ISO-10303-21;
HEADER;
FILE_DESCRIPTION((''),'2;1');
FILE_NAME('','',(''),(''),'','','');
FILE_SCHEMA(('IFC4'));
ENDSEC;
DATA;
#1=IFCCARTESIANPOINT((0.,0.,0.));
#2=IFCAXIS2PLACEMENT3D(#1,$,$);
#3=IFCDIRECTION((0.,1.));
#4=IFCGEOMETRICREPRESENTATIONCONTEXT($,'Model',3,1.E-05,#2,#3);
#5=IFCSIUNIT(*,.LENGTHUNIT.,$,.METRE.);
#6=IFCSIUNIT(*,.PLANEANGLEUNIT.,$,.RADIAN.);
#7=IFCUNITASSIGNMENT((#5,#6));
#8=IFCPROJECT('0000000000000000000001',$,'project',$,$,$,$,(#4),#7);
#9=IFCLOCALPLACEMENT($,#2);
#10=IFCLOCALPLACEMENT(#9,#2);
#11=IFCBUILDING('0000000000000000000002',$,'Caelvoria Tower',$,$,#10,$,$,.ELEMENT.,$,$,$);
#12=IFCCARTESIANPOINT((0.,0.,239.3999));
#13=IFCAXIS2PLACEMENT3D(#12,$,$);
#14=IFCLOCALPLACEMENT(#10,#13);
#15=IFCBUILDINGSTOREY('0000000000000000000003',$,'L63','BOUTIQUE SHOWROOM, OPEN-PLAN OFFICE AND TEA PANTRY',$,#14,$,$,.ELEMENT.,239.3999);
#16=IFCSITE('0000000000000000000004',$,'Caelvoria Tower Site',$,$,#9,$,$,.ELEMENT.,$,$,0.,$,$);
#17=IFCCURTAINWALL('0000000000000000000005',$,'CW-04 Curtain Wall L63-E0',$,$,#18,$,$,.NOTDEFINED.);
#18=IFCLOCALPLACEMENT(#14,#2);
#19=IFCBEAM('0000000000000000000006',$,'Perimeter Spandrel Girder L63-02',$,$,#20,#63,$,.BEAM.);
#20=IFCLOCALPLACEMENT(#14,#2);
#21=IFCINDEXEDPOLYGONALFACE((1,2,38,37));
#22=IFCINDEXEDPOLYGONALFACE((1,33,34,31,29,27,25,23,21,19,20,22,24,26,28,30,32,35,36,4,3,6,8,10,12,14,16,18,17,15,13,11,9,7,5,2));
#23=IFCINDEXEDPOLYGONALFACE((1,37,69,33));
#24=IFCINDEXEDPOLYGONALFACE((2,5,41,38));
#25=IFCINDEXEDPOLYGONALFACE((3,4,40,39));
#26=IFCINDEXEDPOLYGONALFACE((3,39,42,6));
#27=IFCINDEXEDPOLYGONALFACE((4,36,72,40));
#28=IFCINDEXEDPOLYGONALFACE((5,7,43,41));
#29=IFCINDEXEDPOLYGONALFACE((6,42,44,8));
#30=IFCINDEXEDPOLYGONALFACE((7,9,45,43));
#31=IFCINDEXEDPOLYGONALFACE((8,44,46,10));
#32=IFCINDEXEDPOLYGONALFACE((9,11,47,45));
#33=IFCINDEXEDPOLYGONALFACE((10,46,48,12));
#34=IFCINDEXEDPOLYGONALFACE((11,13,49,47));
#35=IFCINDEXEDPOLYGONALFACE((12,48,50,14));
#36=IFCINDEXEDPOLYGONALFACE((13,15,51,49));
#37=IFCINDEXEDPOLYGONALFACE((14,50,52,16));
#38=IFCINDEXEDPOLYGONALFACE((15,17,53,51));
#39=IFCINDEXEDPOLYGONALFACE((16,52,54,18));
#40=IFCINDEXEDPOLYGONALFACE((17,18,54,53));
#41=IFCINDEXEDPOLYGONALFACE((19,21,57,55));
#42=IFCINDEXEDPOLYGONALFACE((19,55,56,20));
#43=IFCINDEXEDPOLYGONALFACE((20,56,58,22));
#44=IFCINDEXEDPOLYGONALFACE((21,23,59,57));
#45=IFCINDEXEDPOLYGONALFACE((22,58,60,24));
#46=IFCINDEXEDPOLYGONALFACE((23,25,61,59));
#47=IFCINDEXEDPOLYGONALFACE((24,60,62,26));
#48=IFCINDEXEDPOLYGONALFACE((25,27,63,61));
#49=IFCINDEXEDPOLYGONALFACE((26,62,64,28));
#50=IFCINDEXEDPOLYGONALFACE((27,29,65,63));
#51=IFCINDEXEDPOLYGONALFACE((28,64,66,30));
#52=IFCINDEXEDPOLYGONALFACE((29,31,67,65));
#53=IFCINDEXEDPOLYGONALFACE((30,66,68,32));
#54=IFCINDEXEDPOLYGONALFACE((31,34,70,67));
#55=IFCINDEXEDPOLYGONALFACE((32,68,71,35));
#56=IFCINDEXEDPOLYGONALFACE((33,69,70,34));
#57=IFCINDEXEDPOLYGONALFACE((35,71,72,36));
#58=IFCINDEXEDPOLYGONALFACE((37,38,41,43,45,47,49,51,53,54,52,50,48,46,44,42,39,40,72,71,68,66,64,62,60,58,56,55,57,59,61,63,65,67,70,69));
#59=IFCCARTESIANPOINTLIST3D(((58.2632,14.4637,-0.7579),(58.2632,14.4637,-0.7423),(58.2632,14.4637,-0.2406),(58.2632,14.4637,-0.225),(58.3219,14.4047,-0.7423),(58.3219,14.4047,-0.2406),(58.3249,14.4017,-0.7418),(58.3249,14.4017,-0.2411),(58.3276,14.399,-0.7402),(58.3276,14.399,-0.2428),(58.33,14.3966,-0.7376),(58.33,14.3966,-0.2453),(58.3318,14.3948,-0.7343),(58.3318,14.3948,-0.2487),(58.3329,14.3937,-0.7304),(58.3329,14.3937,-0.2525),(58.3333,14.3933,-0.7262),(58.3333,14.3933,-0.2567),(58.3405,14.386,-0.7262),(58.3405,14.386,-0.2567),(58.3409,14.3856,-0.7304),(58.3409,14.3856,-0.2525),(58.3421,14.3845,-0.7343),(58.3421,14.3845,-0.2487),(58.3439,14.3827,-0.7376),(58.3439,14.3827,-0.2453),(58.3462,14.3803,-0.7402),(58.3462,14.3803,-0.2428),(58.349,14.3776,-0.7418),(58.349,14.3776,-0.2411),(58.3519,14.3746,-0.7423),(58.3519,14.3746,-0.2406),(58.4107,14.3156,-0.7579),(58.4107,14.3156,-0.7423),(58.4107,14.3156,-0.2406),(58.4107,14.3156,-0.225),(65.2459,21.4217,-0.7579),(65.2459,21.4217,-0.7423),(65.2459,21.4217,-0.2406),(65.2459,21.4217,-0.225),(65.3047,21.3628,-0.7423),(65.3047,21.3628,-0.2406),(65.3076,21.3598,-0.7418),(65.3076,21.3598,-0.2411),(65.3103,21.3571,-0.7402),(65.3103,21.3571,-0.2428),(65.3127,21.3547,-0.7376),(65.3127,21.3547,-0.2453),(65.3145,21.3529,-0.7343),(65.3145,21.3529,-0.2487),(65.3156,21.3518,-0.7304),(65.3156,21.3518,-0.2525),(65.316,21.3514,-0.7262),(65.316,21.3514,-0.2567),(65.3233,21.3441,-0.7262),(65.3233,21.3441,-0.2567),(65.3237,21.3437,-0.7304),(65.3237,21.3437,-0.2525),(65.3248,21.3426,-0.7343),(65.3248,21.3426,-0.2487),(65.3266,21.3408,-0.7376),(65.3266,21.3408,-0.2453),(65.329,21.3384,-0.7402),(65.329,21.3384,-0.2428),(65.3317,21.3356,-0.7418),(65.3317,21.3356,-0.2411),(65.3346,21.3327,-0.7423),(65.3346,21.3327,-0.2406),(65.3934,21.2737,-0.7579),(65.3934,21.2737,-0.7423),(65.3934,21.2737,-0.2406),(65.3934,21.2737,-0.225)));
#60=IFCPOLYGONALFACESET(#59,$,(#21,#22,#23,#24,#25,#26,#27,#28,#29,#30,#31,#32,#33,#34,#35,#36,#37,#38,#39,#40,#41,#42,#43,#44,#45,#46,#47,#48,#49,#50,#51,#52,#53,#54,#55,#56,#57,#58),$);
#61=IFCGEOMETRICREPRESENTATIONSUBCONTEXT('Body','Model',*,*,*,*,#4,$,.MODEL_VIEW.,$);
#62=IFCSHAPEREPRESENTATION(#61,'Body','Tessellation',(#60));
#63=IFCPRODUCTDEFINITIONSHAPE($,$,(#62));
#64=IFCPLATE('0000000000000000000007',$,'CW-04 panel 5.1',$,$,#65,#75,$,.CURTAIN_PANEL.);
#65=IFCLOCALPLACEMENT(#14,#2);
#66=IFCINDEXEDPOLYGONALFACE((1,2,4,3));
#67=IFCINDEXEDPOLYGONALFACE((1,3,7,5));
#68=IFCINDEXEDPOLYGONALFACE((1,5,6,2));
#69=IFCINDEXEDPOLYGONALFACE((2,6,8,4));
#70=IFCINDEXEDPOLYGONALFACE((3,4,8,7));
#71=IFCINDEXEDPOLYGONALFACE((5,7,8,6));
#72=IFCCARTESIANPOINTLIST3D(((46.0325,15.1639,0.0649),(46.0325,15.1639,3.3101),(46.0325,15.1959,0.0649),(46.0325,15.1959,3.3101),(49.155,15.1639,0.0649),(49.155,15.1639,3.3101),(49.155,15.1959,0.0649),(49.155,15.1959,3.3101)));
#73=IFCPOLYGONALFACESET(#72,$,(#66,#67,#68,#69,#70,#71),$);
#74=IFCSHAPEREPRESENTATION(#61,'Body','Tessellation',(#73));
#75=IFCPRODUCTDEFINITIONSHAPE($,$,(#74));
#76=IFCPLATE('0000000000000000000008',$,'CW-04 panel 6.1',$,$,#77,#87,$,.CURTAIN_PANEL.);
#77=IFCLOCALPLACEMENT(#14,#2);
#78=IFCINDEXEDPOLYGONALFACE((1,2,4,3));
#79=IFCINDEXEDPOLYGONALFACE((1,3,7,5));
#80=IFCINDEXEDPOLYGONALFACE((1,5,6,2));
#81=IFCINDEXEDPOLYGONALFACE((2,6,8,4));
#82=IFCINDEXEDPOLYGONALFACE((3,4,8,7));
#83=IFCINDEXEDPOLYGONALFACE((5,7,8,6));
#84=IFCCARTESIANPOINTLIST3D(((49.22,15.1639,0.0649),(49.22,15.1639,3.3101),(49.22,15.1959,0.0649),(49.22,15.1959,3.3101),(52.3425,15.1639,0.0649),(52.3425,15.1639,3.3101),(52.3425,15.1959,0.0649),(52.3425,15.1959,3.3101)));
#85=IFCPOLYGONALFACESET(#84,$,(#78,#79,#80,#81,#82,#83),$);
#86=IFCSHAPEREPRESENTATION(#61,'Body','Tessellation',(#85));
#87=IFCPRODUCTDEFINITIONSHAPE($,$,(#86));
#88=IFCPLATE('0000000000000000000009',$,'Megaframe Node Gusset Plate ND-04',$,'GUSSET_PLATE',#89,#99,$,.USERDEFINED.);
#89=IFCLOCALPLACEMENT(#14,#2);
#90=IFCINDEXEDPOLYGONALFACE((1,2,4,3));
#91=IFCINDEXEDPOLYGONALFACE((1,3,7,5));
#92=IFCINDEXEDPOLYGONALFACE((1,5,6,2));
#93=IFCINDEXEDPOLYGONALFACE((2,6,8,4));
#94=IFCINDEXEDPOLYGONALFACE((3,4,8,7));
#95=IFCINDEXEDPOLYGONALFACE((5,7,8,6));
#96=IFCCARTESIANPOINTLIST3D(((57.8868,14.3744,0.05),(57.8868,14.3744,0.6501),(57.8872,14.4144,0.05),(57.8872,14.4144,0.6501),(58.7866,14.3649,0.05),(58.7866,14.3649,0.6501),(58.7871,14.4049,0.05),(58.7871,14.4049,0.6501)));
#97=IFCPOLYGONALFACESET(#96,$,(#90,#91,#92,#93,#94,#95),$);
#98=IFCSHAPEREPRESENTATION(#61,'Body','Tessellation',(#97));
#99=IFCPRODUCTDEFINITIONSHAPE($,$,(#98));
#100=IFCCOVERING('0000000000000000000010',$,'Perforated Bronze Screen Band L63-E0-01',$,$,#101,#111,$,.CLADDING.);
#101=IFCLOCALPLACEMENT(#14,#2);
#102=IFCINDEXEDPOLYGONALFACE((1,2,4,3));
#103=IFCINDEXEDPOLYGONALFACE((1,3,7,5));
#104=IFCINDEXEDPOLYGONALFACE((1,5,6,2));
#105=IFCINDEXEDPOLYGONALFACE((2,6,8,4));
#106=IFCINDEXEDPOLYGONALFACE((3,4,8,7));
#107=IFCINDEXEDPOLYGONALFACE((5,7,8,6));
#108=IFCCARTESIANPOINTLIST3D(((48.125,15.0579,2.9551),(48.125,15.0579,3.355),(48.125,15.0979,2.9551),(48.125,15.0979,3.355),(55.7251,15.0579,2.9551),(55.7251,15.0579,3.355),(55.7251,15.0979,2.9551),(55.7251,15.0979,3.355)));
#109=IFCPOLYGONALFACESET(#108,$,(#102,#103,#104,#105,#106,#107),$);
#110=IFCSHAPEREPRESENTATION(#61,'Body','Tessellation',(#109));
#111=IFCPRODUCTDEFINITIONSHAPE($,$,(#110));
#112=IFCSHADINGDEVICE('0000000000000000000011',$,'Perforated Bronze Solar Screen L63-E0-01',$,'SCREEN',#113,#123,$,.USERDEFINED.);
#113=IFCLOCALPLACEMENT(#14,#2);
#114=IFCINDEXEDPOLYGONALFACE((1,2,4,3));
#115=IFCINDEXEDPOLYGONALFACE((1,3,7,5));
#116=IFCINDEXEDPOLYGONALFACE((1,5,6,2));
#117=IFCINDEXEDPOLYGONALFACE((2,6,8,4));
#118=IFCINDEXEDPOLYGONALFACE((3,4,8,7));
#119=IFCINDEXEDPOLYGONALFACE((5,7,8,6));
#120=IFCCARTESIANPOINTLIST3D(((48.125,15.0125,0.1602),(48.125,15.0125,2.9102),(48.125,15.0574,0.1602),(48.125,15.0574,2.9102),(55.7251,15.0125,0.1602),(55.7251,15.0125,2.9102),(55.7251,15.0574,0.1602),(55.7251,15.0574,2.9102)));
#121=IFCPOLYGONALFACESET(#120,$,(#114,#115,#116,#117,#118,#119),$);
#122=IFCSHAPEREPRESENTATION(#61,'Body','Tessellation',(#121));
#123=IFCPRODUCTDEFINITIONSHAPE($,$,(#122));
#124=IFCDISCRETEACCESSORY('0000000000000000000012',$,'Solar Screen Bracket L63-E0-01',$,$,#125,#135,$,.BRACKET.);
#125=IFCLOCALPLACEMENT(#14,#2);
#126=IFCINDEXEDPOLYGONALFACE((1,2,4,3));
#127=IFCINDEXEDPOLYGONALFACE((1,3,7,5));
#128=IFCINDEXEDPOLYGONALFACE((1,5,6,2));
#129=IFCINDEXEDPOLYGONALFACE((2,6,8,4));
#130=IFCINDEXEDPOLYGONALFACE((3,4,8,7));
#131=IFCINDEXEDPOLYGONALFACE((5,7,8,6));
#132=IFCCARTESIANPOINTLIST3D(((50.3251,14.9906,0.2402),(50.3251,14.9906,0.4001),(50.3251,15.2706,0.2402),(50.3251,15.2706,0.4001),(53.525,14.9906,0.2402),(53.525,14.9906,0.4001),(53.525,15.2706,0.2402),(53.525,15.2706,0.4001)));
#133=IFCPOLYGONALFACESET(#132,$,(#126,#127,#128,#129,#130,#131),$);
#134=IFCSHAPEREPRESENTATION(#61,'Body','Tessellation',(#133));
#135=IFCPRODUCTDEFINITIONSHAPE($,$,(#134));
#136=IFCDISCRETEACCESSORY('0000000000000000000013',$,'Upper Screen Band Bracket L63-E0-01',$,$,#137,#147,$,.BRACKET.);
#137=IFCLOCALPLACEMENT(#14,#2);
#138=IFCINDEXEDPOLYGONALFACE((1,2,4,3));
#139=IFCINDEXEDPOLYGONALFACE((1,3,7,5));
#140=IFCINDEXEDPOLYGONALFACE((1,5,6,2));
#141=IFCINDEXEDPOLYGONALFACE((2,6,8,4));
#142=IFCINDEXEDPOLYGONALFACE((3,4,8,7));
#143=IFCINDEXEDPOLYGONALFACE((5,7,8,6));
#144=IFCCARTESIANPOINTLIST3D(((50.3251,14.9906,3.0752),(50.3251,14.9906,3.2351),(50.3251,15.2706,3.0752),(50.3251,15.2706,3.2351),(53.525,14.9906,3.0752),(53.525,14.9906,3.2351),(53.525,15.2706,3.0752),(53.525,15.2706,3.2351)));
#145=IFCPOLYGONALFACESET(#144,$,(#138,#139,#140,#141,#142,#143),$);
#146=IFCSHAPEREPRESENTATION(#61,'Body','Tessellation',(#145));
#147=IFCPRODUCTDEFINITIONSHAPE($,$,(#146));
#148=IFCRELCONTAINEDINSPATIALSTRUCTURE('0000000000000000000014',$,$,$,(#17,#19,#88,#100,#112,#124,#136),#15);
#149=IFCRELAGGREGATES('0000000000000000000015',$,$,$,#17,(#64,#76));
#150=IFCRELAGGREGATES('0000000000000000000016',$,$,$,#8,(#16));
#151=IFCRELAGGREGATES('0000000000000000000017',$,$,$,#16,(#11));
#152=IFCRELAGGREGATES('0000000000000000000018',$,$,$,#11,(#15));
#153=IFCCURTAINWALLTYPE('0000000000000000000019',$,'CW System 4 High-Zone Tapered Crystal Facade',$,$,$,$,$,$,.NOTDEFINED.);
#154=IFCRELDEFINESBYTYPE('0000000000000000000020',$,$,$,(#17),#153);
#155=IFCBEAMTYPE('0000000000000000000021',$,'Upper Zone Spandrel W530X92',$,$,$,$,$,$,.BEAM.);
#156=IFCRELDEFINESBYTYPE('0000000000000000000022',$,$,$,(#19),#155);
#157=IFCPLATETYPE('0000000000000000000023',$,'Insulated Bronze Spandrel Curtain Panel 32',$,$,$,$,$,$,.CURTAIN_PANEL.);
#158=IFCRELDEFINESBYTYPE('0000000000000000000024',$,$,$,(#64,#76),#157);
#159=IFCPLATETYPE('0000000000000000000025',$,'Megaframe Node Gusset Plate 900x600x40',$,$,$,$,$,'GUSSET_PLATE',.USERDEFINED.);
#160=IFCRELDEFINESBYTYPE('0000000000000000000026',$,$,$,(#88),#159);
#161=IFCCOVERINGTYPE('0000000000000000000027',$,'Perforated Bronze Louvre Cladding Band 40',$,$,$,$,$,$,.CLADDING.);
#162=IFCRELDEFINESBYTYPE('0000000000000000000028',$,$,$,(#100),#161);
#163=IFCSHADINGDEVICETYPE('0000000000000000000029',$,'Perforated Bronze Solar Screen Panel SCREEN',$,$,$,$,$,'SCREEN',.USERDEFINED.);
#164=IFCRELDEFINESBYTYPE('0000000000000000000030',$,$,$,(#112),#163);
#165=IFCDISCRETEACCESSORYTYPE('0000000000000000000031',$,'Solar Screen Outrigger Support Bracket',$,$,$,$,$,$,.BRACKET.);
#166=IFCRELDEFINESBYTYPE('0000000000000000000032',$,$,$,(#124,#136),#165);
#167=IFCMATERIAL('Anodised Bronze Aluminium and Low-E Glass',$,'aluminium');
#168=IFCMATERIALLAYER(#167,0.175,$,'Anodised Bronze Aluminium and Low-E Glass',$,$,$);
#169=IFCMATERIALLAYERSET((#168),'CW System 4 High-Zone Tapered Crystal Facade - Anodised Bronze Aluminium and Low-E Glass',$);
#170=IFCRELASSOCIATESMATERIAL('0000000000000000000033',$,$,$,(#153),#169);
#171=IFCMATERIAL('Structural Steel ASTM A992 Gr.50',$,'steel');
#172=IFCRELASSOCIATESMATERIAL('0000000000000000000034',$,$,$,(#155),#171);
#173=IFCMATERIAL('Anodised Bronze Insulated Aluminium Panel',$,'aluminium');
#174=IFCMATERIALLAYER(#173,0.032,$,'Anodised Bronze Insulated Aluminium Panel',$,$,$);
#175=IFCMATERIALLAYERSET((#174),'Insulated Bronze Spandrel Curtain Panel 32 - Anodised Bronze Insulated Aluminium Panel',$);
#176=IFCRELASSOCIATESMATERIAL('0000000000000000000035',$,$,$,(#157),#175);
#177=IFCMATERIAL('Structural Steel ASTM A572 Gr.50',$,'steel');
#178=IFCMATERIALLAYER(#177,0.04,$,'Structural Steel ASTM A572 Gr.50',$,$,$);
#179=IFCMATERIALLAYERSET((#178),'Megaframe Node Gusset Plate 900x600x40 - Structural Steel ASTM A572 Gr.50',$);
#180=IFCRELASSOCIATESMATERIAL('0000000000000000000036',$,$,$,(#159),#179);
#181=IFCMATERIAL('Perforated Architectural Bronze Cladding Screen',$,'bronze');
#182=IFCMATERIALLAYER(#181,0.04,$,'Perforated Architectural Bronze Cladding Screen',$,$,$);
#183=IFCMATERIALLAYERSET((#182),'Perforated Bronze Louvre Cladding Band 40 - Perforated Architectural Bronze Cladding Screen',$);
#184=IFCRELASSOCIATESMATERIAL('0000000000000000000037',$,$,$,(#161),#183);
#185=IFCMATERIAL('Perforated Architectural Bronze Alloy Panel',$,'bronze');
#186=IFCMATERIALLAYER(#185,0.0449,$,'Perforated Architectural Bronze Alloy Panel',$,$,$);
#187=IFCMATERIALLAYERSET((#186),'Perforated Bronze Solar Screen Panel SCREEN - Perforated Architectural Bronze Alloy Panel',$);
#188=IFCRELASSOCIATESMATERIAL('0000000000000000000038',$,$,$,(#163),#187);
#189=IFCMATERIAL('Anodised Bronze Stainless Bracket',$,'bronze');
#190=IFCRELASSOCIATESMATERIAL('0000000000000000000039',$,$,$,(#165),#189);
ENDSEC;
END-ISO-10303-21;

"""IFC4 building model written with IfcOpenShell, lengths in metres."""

from ifc_helpers import new_model, si_unit, direction, frame, origin, origin_2d, place, context, subcontext, project, spatial, rectangle, i_section, extrude, material, layer, layer_set, material_profile, profile_set, type_object, element, aggregate, save


model = new_model("IFC4")

# Units and contexts
model_context = context("Model", 3, precision=1e-05, world=origin(), true_north=direction((0.0, 1.0)))
body_context = subcontext(model_context, "Body", "Model", "MODEL_VIEW")
ifc_project = project(units=[si_unit("LENGTHUNIT", "METRE"), si_unit("PLANEANGLEUNIT", "RADIAN")], contexts=[model_context])

# Site, building, storey
site_placement = place(None, origin())
site = spatial("IfcSite", under=ifc_project, at=site_placement, Name="Caelvoria Tower Site", CompositionType="ELEMENT", RefElevation=0.0)
building_placement = place(site_placement, origin())
building = spatial("IfcBuilding", under=site, at=building_placement, Name="Caelvoria Tower", CompositionType="ELEMENT")
storey_placement = place(building_placement, frame((0.0, 0.0, 239.3999)))
storey = spatial("IfcBuildingStorey", under=building, at=storey_placement, Name="L63", Description="BOUTIQUE SHOWROOM, OPEN-PLAN OFFICE AND TEA PANTRY", CompositionType="ELEMENT", Elevation=239.3999)

# Shared definitions
ifc_material_1 = material(Name="Structural Steel ASTM A572 Gr.50", Category="steel")
ifc_material_2 = material(Name="Structural Steel ASTM A992 Gr.50", Category="steel")

# Curtain wall
ifc_material_3 = material(Name="Anodised Bronze Aluminium and Low-E Glass", Category="aluminium")
ifc_layer_1 = layer(ifc_material_3, 0.175, Name="Anodised Bronze Aluminium and Low-E Glass")
ifc_layer_set_1 = layer_set([ifc_layer_1], Name="CW System 4 High-Zone Tapered Crystal Facade - Anodised Bronze Aluminium and Low-E Glass")
curtain_wall_type = type_object("IfcCurtainWallType", Name="CW System 4 High-Zone Tapered Crystal Facade", PredefinedType="NOTDEFINED", material=ifc_layer_set_1)
curtain_wall_1_placement = place(storey_placement, origin())
curtain_wall_1 = element("IfcCurtainWall", 1, at=curtain_wall_1_placement, inside=storey, type_object=curtain_wall_type, Name="CW-04 Curtain Wall L63-E0", PredefinedType="NOTDEFINED")

# Beam
ifc_material_profile_1 = material_profile(ifc_material_2, i_section(OverallWidth=0.209, OverallDepth=0.533, WebThickness=0.0103, FlangeThickness=0.0156, FilletRadius=0.0161, at=origin_2d()), Name="Structural Steel ASTM A992 Gr.50")
ifc_profile_set_1 = profile_set([ifc_material_profile_1], Name="W530X92 - Structural Steel ASTM A992 Gr.50")
beam_type = type_object("IfcBeamType", Name="Upper Zone Spandrel W530X92", PredefinedType="BEAM", material=ifc_profile_set_1)
beam_1_placement = place(storey_placement, frame((58.3369, 14.3896, -0.4915), z_axis=(0.708356, 0.705855, 0.0), x_axis=(-0.705855, 0.708356, 0.0)))
element("IfcBeam", 2, at=beam_1_placement, inside=storey, type_object=beam_type, Name="Perimeter Spandrel Girder L63-02", PredefinedType="BEAM", context=body_context, shape_type="SweptSolid", body=[
    extrude(i_section(OverallWidth=0.209, OverallDepth=0.533, WebThickness=0.0103, FlangeThickness=0.0156, FilletRadius=0.0161, at=origin_2d()), origin(), (0.0, 0.0, 1.0), 9.8577),
])

# Plates
ifc_material_4 = material(Name="Anodised Bronze Insulated Aluminium Panel", Category="aluminium")
ifc_layer_2 = layer(ifc_material_4, 0.032, Name="Anodised Bronze Insulated Aluminium Panel")
ifc_layer_set_2 = layer_set([ifc_layer_2], Name="Insulated Bronze Spandrel Curtain Panel 32 - Anodised Bronze Insulated Aluminium Panel")
plate_type_1 = type_object("IfcPlateType", Name="Insulated Bronze Spandrel Curtain Panel 32", PredefinedType="CURTAIN_PANEL", material=ifc_layer_set_2)
plate_1_placement = place(storey_placement, frame((47.5938, 15.1799, 0.0649), z_axis=(0.0, 0.0, 1.0), x_axis=(1.0, 0.0, 0.0)))
plate_1 = element("IfcPlate", 3, at=plate_1_placement, type_object=plate_type_1, Name="CW-04 panel 5.1", PredefinedType="CURTAIN_PANEL", context=body_context, shape_type="SweptSolid", body=[
    extrude(rectangle(XDim=3.1226, YDim=0.032, at=origin_2d()), origin(), (0.0, 0.0, 1.0), 3.2451),
])
plate_2_placement = place(storey_placement, frame((50.7812, 15.1799, 0.0649), z_axis=(0.0, 0.0, 1.0), x_axis=(1.0, 0.0, 0.0)))
plate_2 = element("IfcPlate", 4, at=plate_2_placement, type_object=plate_type_1, Name="CW-04 panel 6.1", PredefinedType="CURTAIN_PANEL", context=body_context, shape_type="SweptSolid", body=[
    extrude(rectangle(XDim=3.1226, YDim=0.032, at=origin_2d()), origin(), (0.0, 0.0, 1.0), 3.2451),
])
aggregate(curtain_wall_1, [plate_1, plate_2])
ifc_layer_3 = layer(ifc_material_1, 0.04, Name="Structural Steel ASTM A572 Gr.50")
ifc_layer_set_3 = layer_set([ifc_layer_3], Name="Megaframe Node Gusset Plate 900x600x40 - Structural Steel ASTM A572 Gr.50")
plate_type_2 = type_object("IfcPlateType", Name="Megaframe Node Gusset Plate 900x600x40", ElementType="GUSSET_PLATE", PredefinedType="USERDEFINED", material=ifc_layer_set_3)
plate_3_placement = place(storey_placement, frame((58.3369, 14.3896, 0.05), z_axis=(0.0, 0.0, 1.0), x_axis=(-0.999944, 0.010561, 0.0)))
element("IfcPlate", 5, at=plate_3_placement, inside=storey, type_object=plate_type_2, Name="Megaframe Node Gusset Plate ND-04", ObjectType="GUSSET_PLATE", PredefinedType="USERDEFINED", context=body_context, shape_type="SweptSolid", body=[
    extrude(rectangle(XDim=0.8999, YDim=0.04, at=origin_2d()), origin(), (0.0, 0.0, 1.0), 0.6001),
])

# Covering
ifc_material_5 = material(Name="Perforated Architectural Bronze Cladding Screen", Category="bronze")
ifc_layer_4 = layer(ifc_material_5, 0.04, Name="Perforated Architectural Bronze Cladding Screen")
ifc_layer_set_4 = layer_set([ifc_layer_4], Name="Perforated Bronze Louvre Cladding Band 40 - Perforated Architectural Bronze Cladding Screen")
covering_type = type_object("IfcCoveringType", Name="Perforated Bronze Louvre Cladding Band 40", PredefinedType="CLADDING", material=ifc_layer_set_4)
covering_placement = place(storey_placement, frame((51.925, 15.0779, 2.9551), z_axis=(0.0, 0.0, 1.0), x_axis=(1.0, 0.0, 0.0)))
element("IfcCovering", 6, at=covering_placement, inside=storey, type_object=covering_type, Name="Perforated Bronze Screen Band L63-E0-01", PredefinedType="CLADDING", context=body_context, shape_type="SweptSolid", body=[
    extrude(rectangle(XDim=7.6001, YDim=0.04, at=origin_2d()), origin(), (0.0, 0.0, 1.0), 0.3999),
])

# Shading device
ifc_material_6 = material(Name="Perforated Architectural Bronze Alloy Panel", Category="bronze")
ifc_layer_5 = layer(ifc_material_6, 0.0449, Name="Perforated Architectural Bronze Alloy Panel")
ifc_layer_set_5 = layer_set([ifc_layer_5], Name="Perforated Bronze Solar Screen Panel SCREEN - Perforated Architectural Bronze Alloy Panel")
shading_device_type = type_object("IfcShadingDeviceType", Name="Perforated Bronze Solar Screen Panel SCREEN", ElementType="SCREEN", PredefinedType="USERDEFINED", material=ifc_layer_set_5)
shading_device_placement = place(storey_placement, frame((51.925, 15.0349, 0.1602), z_axis=(0.0, 0.0, 1.0), x_axis=(1.0, 0.0, 0.0)))
element("IfcShadingDevice", 7, at=shading_device_placement, inside=storey, type_object=shading_device_type, Name="Perforated Bronze Solar Screen L63-E0-01", ObjectType="SCREEN", PredefinedType="USERDEFINED", context=body_context, shape_type="SweptSolid", body=[
    extrude(rectangle(XDim=7.6001, YDim=0.0449, at=origin_2d()), origin(), (0.0, 0.0, 1.0), 2.75),
])

# Discrete accessories
ifc_material_7 = material(Name="Anodised Bronze Stainless Bracket", Category="bronze")
discrete_accessory_type = type_object("IfcDiscreteAccessoryType", Name="Solar Screen Outrigger Support Bracket", PredefinedType="BRACKET", material=ifc_material_7)
for number, where, z_axis, x_axis, name in (
    (8, (51.925, 15.1306, 0.2402), (0.0, 0.0, 1.0), (1.0, 0.0, 0.0), "Solar Screen Bracket L63-E0-01"),
    (9, (51.925, 15.1306, 3.0752), (0.0, 0.0, 1.0), (1.0, 0.0, 0.0), "Upper Screen Band Bracket L63-E0-01"),
):
    element("IfcDiscreteAccessory", number, at=place(storey_placement, frame(where, z_axis=z_axis, x_axis=x_axis)), inside=storey, type_object=discrete_accessory_type, Name=name, PredefinedType="BRACKET", context=body_context, shape_type="SweptSolid", body=[
        extrude(rectangle(XDim=3.2, YDim=0.28, at=origin_2d()), origin(), (0.0, 0.0, 1.0), 0.1599),
    ])

save(model, "model.ifc")
